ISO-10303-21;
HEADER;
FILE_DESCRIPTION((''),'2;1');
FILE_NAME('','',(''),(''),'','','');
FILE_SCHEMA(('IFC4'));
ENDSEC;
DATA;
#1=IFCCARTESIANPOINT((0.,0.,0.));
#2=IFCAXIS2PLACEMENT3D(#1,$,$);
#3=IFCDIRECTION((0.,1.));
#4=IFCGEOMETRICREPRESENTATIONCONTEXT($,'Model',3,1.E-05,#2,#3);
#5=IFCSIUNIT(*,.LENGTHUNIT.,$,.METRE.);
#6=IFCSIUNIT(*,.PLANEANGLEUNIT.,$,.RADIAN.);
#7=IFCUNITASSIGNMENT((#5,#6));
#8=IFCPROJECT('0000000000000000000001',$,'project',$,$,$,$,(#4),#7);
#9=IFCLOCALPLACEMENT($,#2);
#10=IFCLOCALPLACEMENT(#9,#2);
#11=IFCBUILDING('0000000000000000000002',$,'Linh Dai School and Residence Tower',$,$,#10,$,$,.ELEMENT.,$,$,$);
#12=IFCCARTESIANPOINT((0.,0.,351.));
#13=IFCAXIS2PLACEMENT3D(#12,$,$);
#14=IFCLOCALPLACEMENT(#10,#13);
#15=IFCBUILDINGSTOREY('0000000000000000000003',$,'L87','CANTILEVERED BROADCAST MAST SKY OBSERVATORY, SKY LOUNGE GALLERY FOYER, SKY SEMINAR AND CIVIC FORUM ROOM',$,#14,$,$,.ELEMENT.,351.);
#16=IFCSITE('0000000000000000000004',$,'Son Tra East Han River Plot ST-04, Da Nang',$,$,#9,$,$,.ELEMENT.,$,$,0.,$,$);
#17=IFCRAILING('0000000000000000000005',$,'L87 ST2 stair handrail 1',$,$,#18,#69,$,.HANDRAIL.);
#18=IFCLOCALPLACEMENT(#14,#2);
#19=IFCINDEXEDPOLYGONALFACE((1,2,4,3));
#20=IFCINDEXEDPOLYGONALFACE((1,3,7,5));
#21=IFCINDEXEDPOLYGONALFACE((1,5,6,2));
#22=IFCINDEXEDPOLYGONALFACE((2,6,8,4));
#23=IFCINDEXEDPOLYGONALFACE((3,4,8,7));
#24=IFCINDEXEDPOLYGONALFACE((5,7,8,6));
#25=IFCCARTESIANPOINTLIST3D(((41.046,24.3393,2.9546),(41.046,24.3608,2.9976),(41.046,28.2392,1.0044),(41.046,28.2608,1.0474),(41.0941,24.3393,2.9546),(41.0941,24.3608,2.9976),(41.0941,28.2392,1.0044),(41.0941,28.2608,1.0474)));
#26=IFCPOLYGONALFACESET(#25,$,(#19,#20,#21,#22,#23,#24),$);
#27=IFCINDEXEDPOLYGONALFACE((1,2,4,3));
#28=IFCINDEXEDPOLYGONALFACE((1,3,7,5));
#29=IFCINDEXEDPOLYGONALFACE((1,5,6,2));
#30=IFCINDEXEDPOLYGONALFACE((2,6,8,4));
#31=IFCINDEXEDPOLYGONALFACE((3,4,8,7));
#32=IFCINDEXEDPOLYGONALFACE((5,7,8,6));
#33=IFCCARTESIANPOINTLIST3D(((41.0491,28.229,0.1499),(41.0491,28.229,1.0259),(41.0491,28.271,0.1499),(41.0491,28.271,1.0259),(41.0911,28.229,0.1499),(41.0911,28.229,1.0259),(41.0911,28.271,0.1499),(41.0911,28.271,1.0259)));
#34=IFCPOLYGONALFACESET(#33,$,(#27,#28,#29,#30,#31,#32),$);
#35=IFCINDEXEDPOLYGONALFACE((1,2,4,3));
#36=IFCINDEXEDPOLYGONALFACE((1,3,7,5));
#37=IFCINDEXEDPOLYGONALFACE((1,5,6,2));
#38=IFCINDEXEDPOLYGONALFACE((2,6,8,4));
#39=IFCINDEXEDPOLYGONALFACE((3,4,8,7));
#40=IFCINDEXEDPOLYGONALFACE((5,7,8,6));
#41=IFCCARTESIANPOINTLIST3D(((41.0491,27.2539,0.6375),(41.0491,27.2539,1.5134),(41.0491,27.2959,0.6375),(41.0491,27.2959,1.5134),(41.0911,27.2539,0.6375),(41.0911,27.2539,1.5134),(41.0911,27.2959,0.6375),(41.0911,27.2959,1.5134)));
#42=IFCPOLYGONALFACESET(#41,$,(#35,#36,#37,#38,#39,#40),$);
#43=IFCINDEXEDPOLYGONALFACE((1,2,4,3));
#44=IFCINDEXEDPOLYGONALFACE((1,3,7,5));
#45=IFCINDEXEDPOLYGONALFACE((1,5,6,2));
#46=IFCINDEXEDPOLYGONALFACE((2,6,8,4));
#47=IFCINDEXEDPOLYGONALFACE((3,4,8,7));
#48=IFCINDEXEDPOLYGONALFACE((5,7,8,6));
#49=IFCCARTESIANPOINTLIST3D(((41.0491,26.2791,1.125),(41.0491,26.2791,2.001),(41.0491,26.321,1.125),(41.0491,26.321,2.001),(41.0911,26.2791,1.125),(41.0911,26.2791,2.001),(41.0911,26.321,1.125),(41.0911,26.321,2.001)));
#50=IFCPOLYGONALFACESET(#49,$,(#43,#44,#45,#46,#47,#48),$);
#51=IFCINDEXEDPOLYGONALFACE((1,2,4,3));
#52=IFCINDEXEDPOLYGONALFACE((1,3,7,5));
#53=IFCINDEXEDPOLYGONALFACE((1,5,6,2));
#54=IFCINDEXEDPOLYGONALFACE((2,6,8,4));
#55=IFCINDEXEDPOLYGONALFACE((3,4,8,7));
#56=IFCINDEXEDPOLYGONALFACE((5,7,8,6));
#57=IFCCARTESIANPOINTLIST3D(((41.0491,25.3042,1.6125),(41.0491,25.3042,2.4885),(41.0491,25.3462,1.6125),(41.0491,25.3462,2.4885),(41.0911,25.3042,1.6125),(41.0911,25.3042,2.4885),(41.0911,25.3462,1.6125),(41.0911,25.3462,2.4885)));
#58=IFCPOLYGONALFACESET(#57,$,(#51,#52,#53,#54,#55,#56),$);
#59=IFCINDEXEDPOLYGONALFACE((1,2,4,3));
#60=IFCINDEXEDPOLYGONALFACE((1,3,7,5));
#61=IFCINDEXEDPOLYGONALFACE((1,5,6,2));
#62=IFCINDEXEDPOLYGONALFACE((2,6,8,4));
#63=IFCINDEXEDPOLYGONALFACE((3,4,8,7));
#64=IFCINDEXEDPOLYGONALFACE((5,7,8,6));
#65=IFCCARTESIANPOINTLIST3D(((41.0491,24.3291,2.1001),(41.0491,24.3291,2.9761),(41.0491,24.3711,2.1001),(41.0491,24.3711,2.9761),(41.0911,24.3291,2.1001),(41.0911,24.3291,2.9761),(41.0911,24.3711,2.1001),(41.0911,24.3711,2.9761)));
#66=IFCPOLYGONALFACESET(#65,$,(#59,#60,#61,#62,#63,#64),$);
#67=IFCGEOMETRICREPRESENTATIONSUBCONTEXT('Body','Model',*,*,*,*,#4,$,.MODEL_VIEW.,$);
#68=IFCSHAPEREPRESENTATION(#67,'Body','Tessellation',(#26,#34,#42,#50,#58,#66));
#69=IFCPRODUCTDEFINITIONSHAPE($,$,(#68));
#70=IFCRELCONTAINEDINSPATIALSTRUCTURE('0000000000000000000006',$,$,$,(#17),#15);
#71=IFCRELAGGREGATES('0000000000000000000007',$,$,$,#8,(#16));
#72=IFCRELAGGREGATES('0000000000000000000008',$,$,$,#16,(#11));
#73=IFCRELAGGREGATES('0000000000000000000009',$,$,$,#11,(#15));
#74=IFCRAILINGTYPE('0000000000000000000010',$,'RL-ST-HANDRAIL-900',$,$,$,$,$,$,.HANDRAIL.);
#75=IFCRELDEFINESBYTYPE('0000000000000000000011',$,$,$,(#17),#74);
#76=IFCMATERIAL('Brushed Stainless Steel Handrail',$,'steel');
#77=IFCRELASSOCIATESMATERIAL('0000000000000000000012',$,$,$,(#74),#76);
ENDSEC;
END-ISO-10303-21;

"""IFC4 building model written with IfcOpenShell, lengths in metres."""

from ifc_helpers import new_model, si_unit, direction, frame, origin, origin_2d, place, context, subcontext, project, spatial, rectangle, extrude, source, transform, mapped, material, type_object, element, save


model = new_model("IFC4")

# Units and contexts
model_context = context("Model", 3, precision=1e-05, world=origin(), true_north=direction((0.0, 1.0)))
body_context = subcontext(model_context, "Body", "Model", "MODEL_VIEW")
ifc_project = project(units=[si_unit("LENGTHUNIT", "METRE"), si_unit("PLANEANGLEUNIT", "RADIAN")], contexts=[model_context])

# Site, building, storey
site_placement = place(None, origin())
site = spatial("IfcSite", under=ifc_project, at=site_placement, Name="Son Tra East Han River Plot ST-04, Da Nang", CompositionType="ELEMENT", RefElevation=0.0)
building_placement = place(site_placement, origin())
building = spatial("IfcBuilding", under=site, at=building_placement, Name="Linh Dai School and Residence Tower", CompositionType="ELEMENT")
storey_placement = place(building_placement, frame((0.0, 0.0, 351.0)))
storey = spatial("IfcBuildingStorey", under=building, at=storey_placement, Name="L87", Description="CANTILEVERED BROADCAST MAST SKY OBSERVATORY, SKY LOUNGE GALLERY FOYER, SKY SEMINAR AND CIVIC FORUM ROOM", CompositionType="ELEMENT", Elevation=351.0)

# Railing
ifc_material_1 = material(Name="Brushed Stainless Steel Handrail", Category="steel")
railing_type_1 = type_object("IfcRailingType", Name="RL-ST-HANDRAIL-900", PredefinedType="HANDRAIL", material=ifc_material_1)
shared_shape_1 = source(origin(), body_context, "Body", "SweptSolid", [
    extrude(rectangle(XDim=0.0481, YDim=0.0481, at=origin_2d()), frame((0.0, 0.0, 0.876), z_axis=(0.0, -0.894405, 0.447258), x_axis=(1.0, 0.0, 0.0)), (0.0, 0.0, 1.0), 4.3604),
    extrude(rectangle(XDim=0.042, YDim=0.042, at=origin_2d()), origin(), (0.0, 0.0, 1.0), 0.876),
    extrude(rectangle(XDim=0.042, YDim=0.042, at=origin_2d()), frame((0.0, -0.9751, 0.4875)), (0.0, 0.0, 1.0), 0.876),
    extrude(rectangle(XDim=0.042, YDim=0.042, at=origin_2d()), frame((0.0, -1.95, 0.9751)), (0.0, 0.0, 1.0), 0.876),
    extrude(rectangle(XDim=0.042, YDim=0.042, at=origin_2d()), frame((0.0, -2.9248, 1.4626)), (0.0, 0.0, 1.0), 0.876),
    extrude(rectangle(XDim=0.042, YDim=0.042, at=origin_2d()), frame((0.0, -3.8999, 1.9502)), (0.0, 0.0, 1.0), 0.876),
])
railing_1_placement = place(storey_placement, frame((41.0701, 28.25, 0.1499)))
element("IfcRailing", 1, at=railing_1_placement, inside=storey, type_object=railing_type_1, Name="L87 ST2 stair handrail 1", PredefinedType="HANDRAIL", context=body_context, shape_type="MappedRepresentation", body=[
    mapped(shared_shape_1, transform((0.0, 0.0, 0.0), x_axis=(1.0, 0.0, 0.0), y_axis=(0.0, 1.0, 0.0), z_axis=(0.0, 0.0, 1.0), scale=1.0)),
])

save(model, "model.ifc")
